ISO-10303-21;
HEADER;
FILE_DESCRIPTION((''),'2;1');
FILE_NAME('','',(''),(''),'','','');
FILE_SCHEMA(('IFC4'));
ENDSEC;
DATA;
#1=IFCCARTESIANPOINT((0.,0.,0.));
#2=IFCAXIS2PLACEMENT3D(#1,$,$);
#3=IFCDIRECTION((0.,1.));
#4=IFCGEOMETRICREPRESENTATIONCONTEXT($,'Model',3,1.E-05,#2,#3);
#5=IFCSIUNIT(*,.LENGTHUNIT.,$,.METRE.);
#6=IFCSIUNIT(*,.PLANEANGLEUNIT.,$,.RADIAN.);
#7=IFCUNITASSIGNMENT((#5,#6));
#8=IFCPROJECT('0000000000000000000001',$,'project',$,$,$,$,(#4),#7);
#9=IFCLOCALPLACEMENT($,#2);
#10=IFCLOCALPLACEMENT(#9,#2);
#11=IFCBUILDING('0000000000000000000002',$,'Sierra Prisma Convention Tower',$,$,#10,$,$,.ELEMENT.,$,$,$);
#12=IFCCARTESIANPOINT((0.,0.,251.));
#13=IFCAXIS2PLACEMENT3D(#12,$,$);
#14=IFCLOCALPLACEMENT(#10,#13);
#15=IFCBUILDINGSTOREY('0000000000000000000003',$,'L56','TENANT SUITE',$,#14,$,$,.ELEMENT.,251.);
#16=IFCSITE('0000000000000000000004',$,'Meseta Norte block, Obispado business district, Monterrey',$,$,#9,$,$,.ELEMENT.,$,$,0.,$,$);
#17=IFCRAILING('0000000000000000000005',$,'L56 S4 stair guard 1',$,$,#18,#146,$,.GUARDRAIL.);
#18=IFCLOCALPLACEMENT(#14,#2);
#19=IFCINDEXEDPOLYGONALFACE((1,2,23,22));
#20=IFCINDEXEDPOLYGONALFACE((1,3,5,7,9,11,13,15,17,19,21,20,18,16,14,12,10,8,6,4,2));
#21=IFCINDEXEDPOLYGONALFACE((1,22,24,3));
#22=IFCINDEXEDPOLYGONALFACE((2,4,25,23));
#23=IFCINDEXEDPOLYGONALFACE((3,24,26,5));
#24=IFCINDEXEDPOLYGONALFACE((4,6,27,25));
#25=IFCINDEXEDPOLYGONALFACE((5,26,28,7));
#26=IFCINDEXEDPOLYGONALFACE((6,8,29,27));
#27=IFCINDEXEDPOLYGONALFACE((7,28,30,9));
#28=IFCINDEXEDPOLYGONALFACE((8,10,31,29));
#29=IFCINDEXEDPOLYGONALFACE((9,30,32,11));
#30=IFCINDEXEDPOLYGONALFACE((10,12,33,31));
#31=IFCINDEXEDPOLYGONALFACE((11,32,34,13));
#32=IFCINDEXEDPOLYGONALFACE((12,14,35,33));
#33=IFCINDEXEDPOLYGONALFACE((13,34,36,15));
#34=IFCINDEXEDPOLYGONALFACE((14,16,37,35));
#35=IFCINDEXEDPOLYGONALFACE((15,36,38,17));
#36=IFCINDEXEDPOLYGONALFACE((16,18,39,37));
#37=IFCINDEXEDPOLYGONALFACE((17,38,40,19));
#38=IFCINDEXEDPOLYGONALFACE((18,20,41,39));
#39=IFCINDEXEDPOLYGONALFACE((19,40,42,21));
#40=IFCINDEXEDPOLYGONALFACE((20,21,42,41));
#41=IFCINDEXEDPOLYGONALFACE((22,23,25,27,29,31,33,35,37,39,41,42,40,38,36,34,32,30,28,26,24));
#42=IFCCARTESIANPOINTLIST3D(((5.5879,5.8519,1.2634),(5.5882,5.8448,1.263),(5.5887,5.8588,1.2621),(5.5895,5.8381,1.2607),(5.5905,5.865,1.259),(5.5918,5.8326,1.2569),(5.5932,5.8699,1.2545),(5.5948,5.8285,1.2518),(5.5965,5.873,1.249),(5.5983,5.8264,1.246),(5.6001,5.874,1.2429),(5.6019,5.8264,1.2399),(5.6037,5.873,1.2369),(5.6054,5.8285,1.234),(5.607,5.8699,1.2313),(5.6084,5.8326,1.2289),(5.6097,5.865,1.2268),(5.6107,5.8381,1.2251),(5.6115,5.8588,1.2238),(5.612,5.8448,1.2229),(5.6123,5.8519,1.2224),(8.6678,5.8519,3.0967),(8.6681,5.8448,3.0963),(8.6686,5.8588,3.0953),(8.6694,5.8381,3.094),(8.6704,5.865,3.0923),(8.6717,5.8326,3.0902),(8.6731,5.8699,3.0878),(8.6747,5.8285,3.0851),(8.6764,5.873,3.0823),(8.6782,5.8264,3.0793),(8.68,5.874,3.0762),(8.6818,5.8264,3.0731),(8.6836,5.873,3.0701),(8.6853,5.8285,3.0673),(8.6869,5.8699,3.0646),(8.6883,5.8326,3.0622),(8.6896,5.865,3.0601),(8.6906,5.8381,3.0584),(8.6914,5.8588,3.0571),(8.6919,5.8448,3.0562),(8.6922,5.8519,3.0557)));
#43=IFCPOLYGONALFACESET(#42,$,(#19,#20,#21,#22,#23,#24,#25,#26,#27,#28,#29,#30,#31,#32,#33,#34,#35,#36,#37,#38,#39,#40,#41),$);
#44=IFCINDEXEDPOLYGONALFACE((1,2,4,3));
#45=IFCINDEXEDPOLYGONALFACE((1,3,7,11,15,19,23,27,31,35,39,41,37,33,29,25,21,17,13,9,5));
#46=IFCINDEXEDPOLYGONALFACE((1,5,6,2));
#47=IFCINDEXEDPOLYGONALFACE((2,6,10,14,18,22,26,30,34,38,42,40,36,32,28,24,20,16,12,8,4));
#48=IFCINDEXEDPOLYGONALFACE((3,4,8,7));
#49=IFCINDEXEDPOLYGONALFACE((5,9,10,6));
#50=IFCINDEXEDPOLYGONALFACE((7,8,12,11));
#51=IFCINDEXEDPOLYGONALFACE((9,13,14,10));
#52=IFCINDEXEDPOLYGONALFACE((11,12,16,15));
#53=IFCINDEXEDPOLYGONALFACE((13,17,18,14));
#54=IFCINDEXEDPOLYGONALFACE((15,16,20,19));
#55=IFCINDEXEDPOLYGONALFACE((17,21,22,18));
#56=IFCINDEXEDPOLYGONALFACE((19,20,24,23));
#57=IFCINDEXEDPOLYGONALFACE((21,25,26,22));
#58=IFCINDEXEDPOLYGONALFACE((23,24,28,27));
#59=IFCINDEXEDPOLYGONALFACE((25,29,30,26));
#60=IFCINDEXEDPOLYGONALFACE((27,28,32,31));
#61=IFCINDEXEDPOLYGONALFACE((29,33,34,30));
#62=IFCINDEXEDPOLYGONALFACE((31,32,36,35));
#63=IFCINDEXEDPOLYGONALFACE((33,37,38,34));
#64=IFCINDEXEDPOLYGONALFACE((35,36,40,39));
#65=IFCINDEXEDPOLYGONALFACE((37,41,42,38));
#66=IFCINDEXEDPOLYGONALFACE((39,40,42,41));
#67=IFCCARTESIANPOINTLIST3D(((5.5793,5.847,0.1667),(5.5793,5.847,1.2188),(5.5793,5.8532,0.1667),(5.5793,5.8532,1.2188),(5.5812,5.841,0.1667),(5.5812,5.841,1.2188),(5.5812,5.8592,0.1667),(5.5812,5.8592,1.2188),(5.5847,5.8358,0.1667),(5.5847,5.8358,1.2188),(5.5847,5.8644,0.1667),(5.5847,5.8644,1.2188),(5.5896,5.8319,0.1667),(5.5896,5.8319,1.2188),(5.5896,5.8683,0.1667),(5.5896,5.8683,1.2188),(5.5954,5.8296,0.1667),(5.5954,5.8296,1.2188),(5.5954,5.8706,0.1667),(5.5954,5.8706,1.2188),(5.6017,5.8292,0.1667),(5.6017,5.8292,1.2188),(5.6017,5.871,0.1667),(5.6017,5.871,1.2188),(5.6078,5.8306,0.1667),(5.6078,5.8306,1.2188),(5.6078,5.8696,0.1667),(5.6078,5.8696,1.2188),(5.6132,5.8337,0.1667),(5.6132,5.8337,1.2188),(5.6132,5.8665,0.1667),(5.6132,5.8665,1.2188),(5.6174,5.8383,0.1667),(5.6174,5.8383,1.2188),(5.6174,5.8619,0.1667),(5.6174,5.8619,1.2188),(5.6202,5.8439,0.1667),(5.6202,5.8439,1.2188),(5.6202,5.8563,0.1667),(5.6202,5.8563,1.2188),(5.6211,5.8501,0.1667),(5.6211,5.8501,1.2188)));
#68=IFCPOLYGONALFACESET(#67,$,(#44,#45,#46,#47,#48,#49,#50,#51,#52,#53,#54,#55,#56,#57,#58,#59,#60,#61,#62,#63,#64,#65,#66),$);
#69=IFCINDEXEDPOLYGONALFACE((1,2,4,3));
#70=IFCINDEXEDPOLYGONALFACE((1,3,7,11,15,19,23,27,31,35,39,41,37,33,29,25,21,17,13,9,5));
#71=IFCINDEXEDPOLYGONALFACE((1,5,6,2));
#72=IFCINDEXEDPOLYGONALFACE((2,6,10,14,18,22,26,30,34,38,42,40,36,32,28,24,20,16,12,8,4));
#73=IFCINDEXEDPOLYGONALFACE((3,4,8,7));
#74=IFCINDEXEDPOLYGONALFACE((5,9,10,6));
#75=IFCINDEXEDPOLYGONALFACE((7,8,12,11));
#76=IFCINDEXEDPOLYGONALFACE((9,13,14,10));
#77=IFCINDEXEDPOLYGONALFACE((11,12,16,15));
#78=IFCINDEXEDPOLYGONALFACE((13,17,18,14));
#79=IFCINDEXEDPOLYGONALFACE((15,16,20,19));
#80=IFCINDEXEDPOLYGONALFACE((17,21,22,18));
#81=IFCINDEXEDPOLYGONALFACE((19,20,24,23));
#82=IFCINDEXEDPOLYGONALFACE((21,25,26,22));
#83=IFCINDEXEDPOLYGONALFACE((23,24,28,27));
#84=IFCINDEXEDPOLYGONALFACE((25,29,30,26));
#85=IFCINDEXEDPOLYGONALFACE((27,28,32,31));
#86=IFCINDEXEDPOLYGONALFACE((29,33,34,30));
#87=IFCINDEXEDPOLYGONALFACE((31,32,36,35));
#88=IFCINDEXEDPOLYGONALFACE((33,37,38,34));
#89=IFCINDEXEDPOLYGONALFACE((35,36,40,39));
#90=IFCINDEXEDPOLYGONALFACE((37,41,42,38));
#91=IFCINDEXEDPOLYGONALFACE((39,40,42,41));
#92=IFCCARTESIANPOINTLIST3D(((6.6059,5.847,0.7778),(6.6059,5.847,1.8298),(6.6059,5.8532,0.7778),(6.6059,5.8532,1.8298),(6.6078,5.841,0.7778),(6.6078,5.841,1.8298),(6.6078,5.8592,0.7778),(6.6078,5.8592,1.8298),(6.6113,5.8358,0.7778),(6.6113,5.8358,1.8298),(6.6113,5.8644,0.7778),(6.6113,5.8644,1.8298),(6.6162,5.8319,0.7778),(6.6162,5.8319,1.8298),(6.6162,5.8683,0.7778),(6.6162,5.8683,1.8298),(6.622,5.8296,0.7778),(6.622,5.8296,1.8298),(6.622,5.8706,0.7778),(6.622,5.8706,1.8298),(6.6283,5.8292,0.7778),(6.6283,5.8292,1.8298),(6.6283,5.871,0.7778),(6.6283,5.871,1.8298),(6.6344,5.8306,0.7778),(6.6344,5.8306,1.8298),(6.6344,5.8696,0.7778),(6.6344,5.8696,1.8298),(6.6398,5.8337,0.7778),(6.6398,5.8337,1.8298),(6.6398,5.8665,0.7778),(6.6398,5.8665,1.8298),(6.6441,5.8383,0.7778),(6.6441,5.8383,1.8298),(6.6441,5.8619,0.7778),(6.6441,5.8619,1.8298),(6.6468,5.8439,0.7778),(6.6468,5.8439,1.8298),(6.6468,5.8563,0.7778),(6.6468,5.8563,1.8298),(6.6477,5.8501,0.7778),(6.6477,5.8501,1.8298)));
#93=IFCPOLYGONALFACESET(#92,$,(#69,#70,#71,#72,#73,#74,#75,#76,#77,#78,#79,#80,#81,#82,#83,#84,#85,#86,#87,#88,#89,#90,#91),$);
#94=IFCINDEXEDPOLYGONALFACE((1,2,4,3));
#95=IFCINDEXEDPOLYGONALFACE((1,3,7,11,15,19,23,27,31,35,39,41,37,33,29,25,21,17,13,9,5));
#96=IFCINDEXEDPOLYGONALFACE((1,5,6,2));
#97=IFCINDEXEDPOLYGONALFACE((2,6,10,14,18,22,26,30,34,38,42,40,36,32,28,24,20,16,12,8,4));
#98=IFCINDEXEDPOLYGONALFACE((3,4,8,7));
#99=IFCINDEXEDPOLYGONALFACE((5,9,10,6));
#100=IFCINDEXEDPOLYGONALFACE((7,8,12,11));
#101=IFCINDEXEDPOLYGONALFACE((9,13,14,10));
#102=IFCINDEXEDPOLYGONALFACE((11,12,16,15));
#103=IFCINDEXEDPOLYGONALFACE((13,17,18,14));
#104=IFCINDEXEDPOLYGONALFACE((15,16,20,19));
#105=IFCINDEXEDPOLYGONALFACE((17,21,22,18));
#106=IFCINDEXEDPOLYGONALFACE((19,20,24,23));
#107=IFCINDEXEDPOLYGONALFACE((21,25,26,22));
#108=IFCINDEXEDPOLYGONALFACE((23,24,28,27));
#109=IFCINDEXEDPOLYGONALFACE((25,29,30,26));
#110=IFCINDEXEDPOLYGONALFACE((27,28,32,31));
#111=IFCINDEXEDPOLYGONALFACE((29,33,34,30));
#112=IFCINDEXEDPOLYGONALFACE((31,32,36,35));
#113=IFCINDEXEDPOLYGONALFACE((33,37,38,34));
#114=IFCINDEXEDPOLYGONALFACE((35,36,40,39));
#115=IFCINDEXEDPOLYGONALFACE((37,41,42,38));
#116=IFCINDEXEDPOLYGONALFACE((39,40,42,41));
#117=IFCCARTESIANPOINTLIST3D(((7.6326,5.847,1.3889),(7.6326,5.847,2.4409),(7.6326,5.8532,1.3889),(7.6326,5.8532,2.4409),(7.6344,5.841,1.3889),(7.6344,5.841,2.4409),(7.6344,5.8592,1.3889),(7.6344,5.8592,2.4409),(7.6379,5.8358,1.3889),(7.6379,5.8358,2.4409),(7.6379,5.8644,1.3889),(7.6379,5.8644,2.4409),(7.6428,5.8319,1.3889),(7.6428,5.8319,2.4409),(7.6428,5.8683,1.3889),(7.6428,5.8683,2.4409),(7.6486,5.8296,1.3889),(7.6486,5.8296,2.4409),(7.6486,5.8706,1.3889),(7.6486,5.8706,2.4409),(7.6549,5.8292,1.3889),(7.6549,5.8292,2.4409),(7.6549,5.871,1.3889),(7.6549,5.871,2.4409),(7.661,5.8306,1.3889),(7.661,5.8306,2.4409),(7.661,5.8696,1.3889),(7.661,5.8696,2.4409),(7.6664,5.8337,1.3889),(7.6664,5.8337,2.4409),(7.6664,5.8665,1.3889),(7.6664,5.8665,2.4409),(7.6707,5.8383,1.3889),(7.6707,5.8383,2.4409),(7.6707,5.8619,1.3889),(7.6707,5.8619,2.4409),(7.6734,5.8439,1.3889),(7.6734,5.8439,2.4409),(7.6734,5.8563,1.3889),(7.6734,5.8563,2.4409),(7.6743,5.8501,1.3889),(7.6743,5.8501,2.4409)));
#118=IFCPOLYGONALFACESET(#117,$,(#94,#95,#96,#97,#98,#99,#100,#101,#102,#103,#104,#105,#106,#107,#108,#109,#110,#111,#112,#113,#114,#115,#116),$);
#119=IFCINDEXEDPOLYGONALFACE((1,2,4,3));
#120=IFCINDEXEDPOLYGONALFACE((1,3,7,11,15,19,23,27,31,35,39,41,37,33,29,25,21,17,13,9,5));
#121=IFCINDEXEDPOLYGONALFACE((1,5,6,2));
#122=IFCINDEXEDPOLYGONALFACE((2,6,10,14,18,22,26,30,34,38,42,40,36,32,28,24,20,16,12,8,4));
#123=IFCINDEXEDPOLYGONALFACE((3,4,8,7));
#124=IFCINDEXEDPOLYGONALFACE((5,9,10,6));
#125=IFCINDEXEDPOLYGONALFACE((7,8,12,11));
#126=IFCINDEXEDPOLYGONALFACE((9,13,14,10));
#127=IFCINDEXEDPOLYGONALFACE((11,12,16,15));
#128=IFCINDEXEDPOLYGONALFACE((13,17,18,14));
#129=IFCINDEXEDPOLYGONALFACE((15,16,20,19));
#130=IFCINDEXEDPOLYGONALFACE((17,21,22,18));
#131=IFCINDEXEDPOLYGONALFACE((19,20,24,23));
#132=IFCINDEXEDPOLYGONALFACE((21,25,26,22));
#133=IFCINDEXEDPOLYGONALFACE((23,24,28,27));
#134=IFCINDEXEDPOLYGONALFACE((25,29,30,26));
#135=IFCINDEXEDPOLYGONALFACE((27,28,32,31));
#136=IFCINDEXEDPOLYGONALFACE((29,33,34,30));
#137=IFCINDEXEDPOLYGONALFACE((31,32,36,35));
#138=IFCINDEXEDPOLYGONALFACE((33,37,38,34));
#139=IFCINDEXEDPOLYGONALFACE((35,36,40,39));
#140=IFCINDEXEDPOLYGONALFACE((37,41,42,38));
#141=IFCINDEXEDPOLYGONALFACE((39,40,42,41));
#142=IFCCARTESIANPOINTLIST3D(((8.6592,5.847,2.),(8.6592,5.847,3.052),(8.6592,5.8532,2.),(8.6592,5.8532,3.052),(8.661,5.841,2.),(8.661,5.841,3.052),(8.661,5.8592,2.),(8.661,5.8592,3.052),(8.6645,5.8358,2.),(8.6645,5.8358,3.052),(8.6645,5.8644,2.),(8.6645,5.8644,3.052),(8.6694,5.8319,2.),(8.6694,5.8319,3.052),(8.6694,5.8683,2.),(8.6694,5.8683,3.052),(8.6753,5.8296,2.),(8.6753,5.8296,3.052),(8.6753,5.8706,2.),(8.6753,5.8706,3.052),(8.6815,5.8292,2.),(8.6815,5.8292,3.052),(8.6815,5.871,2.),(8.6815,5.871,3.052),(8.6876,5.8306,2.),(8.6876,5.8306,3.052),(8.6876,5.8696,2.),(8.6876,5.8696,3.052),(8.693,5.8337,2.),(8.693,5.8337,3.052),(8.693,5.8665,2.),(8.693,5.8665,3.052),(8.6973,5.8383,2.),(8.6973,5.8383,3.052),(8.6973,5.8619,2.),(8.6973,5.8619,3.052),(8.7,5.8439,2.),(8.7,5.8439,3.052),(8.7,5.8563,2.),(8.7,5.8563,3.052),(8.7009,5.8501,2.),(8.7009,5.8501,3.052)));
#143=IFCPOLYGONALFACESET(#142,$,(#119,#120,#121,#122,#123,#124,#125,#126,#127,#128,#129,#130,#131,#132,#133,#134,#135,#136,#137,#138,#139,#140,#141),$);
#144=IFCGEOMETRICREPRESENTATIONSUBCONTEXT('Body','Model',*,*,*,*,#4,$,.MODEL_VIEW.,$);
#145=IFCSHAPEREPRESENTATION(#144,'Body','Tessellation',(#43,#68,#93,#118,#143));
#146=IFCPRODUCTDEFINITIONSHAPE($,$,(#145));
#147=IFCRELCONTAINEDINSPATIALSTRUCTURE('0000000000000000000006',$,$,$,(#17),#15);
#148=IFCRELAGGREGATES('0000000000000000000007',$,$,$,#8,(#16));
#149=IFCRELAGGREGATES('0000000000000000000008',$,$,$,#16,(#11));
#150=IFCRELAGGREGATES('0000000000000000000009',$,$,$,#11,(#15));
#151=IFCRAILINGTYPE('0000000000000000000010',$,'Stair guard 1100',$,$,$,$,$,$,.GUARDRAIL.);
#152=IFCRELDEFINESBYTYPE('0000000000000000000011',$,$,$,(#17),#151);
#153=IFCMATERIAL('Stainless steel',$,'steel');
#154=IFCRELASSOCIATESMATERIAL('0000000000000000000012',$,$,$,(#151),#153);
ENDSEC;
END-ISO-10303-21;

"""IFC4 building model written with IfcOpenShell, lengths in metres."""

from ifc_helpers import new_model, si_unit, direction, frame, origin, origin_2d, place, context, subcontext, project, spatial, circle, extrude, material, type_object, element, save


model = new_model("IFC4")

# Units and contexts
model_context = context("Model", 3, precision=1e-05, world=origin(), true_north=direction((0.0, 1.0)))
body_context = subcontext(model_context, "Body", "Model", "MODEL_VIEW")
ifc_project = project(units=[si_unit("LENGTHUNIT", "METRE"), si_unit("PLANEANGLEUNIT", "RADIAN")], contexts=[model_context])

# Site, building, storey
site_placement = place(None, origin())
site = spatial("IfcSite", under=ifc_project, at=site_placement, Name="Meseta Norte block, Obispado business district, Monterrey", CompositionType="ELEMENT", RefElevation=0.0)
building_placement = place(site_placement, origin())
building = spatial("IfcBuilding", under=site, at=building_placement, Name="Sierra Prisma Convention Tower", CompositionType="ELEMENT")
storey_placement = place(building_placement, frame((0.0, 0.0, 251.0)))
storey = spatial("IfcBuildingStorey", under=building, at=storey_placement, Name="L56", Description="TENANT SUITE", CompositionType="ELEMENT", Elevation=251.0)

# Railing
ifc_material_1 = material(Name="Stainless steel", Category="steel")
railing_type_1 = type_object("IfcRailingType", Name="Stair guard 1100", PredefinedType="GUARDRAIL", material=ifc_material_1)
railing_1_placement = place(storey_placement, frame((5.6001, 5.8501, 0.1667)))
element("IfcRailing", 1, at=railing_1_placement, inside=storey, type_object=railing_type_1, Name="L56 S4 stair guard 1", PredefinedType="GUARDRAIL", context=body_context, shape_type="SweptSolid", body=[
    extrude(circle(Radius=0.0239, at=origin_2d()), frame((0.0, 0.0, 1.0762), z_axis=(0.859291, 0.0, 0.511487), x_axis=(0.0, 1.0, 0.0)), (0.0, 0.0, 1.0), 3.5842),
    extrude(circle(Radius=0.021, at=origin_2d()), origin(), (0.0, 0.0, 1.0), 1.052),
    extrude(circle(Radius=0.021, at=origin_2d()), frame((1.0266, 0.0, 0.6111)), (0.0, 0.0, 1.0), 1.052),
    extrude(circle(Radius=0.021, at=origin_2d()), frame((2.0532, 0.0, 1.2222)), (0.0, 0.0, 1.0), 1.052),
    extrude(circle(Radius=0.021, at=origin_2d()), frame((3.0798, 0.0, 1.8333)), (0.0, 0.0, 1.0), 1.052),
])

save(model, "model.ifc")
